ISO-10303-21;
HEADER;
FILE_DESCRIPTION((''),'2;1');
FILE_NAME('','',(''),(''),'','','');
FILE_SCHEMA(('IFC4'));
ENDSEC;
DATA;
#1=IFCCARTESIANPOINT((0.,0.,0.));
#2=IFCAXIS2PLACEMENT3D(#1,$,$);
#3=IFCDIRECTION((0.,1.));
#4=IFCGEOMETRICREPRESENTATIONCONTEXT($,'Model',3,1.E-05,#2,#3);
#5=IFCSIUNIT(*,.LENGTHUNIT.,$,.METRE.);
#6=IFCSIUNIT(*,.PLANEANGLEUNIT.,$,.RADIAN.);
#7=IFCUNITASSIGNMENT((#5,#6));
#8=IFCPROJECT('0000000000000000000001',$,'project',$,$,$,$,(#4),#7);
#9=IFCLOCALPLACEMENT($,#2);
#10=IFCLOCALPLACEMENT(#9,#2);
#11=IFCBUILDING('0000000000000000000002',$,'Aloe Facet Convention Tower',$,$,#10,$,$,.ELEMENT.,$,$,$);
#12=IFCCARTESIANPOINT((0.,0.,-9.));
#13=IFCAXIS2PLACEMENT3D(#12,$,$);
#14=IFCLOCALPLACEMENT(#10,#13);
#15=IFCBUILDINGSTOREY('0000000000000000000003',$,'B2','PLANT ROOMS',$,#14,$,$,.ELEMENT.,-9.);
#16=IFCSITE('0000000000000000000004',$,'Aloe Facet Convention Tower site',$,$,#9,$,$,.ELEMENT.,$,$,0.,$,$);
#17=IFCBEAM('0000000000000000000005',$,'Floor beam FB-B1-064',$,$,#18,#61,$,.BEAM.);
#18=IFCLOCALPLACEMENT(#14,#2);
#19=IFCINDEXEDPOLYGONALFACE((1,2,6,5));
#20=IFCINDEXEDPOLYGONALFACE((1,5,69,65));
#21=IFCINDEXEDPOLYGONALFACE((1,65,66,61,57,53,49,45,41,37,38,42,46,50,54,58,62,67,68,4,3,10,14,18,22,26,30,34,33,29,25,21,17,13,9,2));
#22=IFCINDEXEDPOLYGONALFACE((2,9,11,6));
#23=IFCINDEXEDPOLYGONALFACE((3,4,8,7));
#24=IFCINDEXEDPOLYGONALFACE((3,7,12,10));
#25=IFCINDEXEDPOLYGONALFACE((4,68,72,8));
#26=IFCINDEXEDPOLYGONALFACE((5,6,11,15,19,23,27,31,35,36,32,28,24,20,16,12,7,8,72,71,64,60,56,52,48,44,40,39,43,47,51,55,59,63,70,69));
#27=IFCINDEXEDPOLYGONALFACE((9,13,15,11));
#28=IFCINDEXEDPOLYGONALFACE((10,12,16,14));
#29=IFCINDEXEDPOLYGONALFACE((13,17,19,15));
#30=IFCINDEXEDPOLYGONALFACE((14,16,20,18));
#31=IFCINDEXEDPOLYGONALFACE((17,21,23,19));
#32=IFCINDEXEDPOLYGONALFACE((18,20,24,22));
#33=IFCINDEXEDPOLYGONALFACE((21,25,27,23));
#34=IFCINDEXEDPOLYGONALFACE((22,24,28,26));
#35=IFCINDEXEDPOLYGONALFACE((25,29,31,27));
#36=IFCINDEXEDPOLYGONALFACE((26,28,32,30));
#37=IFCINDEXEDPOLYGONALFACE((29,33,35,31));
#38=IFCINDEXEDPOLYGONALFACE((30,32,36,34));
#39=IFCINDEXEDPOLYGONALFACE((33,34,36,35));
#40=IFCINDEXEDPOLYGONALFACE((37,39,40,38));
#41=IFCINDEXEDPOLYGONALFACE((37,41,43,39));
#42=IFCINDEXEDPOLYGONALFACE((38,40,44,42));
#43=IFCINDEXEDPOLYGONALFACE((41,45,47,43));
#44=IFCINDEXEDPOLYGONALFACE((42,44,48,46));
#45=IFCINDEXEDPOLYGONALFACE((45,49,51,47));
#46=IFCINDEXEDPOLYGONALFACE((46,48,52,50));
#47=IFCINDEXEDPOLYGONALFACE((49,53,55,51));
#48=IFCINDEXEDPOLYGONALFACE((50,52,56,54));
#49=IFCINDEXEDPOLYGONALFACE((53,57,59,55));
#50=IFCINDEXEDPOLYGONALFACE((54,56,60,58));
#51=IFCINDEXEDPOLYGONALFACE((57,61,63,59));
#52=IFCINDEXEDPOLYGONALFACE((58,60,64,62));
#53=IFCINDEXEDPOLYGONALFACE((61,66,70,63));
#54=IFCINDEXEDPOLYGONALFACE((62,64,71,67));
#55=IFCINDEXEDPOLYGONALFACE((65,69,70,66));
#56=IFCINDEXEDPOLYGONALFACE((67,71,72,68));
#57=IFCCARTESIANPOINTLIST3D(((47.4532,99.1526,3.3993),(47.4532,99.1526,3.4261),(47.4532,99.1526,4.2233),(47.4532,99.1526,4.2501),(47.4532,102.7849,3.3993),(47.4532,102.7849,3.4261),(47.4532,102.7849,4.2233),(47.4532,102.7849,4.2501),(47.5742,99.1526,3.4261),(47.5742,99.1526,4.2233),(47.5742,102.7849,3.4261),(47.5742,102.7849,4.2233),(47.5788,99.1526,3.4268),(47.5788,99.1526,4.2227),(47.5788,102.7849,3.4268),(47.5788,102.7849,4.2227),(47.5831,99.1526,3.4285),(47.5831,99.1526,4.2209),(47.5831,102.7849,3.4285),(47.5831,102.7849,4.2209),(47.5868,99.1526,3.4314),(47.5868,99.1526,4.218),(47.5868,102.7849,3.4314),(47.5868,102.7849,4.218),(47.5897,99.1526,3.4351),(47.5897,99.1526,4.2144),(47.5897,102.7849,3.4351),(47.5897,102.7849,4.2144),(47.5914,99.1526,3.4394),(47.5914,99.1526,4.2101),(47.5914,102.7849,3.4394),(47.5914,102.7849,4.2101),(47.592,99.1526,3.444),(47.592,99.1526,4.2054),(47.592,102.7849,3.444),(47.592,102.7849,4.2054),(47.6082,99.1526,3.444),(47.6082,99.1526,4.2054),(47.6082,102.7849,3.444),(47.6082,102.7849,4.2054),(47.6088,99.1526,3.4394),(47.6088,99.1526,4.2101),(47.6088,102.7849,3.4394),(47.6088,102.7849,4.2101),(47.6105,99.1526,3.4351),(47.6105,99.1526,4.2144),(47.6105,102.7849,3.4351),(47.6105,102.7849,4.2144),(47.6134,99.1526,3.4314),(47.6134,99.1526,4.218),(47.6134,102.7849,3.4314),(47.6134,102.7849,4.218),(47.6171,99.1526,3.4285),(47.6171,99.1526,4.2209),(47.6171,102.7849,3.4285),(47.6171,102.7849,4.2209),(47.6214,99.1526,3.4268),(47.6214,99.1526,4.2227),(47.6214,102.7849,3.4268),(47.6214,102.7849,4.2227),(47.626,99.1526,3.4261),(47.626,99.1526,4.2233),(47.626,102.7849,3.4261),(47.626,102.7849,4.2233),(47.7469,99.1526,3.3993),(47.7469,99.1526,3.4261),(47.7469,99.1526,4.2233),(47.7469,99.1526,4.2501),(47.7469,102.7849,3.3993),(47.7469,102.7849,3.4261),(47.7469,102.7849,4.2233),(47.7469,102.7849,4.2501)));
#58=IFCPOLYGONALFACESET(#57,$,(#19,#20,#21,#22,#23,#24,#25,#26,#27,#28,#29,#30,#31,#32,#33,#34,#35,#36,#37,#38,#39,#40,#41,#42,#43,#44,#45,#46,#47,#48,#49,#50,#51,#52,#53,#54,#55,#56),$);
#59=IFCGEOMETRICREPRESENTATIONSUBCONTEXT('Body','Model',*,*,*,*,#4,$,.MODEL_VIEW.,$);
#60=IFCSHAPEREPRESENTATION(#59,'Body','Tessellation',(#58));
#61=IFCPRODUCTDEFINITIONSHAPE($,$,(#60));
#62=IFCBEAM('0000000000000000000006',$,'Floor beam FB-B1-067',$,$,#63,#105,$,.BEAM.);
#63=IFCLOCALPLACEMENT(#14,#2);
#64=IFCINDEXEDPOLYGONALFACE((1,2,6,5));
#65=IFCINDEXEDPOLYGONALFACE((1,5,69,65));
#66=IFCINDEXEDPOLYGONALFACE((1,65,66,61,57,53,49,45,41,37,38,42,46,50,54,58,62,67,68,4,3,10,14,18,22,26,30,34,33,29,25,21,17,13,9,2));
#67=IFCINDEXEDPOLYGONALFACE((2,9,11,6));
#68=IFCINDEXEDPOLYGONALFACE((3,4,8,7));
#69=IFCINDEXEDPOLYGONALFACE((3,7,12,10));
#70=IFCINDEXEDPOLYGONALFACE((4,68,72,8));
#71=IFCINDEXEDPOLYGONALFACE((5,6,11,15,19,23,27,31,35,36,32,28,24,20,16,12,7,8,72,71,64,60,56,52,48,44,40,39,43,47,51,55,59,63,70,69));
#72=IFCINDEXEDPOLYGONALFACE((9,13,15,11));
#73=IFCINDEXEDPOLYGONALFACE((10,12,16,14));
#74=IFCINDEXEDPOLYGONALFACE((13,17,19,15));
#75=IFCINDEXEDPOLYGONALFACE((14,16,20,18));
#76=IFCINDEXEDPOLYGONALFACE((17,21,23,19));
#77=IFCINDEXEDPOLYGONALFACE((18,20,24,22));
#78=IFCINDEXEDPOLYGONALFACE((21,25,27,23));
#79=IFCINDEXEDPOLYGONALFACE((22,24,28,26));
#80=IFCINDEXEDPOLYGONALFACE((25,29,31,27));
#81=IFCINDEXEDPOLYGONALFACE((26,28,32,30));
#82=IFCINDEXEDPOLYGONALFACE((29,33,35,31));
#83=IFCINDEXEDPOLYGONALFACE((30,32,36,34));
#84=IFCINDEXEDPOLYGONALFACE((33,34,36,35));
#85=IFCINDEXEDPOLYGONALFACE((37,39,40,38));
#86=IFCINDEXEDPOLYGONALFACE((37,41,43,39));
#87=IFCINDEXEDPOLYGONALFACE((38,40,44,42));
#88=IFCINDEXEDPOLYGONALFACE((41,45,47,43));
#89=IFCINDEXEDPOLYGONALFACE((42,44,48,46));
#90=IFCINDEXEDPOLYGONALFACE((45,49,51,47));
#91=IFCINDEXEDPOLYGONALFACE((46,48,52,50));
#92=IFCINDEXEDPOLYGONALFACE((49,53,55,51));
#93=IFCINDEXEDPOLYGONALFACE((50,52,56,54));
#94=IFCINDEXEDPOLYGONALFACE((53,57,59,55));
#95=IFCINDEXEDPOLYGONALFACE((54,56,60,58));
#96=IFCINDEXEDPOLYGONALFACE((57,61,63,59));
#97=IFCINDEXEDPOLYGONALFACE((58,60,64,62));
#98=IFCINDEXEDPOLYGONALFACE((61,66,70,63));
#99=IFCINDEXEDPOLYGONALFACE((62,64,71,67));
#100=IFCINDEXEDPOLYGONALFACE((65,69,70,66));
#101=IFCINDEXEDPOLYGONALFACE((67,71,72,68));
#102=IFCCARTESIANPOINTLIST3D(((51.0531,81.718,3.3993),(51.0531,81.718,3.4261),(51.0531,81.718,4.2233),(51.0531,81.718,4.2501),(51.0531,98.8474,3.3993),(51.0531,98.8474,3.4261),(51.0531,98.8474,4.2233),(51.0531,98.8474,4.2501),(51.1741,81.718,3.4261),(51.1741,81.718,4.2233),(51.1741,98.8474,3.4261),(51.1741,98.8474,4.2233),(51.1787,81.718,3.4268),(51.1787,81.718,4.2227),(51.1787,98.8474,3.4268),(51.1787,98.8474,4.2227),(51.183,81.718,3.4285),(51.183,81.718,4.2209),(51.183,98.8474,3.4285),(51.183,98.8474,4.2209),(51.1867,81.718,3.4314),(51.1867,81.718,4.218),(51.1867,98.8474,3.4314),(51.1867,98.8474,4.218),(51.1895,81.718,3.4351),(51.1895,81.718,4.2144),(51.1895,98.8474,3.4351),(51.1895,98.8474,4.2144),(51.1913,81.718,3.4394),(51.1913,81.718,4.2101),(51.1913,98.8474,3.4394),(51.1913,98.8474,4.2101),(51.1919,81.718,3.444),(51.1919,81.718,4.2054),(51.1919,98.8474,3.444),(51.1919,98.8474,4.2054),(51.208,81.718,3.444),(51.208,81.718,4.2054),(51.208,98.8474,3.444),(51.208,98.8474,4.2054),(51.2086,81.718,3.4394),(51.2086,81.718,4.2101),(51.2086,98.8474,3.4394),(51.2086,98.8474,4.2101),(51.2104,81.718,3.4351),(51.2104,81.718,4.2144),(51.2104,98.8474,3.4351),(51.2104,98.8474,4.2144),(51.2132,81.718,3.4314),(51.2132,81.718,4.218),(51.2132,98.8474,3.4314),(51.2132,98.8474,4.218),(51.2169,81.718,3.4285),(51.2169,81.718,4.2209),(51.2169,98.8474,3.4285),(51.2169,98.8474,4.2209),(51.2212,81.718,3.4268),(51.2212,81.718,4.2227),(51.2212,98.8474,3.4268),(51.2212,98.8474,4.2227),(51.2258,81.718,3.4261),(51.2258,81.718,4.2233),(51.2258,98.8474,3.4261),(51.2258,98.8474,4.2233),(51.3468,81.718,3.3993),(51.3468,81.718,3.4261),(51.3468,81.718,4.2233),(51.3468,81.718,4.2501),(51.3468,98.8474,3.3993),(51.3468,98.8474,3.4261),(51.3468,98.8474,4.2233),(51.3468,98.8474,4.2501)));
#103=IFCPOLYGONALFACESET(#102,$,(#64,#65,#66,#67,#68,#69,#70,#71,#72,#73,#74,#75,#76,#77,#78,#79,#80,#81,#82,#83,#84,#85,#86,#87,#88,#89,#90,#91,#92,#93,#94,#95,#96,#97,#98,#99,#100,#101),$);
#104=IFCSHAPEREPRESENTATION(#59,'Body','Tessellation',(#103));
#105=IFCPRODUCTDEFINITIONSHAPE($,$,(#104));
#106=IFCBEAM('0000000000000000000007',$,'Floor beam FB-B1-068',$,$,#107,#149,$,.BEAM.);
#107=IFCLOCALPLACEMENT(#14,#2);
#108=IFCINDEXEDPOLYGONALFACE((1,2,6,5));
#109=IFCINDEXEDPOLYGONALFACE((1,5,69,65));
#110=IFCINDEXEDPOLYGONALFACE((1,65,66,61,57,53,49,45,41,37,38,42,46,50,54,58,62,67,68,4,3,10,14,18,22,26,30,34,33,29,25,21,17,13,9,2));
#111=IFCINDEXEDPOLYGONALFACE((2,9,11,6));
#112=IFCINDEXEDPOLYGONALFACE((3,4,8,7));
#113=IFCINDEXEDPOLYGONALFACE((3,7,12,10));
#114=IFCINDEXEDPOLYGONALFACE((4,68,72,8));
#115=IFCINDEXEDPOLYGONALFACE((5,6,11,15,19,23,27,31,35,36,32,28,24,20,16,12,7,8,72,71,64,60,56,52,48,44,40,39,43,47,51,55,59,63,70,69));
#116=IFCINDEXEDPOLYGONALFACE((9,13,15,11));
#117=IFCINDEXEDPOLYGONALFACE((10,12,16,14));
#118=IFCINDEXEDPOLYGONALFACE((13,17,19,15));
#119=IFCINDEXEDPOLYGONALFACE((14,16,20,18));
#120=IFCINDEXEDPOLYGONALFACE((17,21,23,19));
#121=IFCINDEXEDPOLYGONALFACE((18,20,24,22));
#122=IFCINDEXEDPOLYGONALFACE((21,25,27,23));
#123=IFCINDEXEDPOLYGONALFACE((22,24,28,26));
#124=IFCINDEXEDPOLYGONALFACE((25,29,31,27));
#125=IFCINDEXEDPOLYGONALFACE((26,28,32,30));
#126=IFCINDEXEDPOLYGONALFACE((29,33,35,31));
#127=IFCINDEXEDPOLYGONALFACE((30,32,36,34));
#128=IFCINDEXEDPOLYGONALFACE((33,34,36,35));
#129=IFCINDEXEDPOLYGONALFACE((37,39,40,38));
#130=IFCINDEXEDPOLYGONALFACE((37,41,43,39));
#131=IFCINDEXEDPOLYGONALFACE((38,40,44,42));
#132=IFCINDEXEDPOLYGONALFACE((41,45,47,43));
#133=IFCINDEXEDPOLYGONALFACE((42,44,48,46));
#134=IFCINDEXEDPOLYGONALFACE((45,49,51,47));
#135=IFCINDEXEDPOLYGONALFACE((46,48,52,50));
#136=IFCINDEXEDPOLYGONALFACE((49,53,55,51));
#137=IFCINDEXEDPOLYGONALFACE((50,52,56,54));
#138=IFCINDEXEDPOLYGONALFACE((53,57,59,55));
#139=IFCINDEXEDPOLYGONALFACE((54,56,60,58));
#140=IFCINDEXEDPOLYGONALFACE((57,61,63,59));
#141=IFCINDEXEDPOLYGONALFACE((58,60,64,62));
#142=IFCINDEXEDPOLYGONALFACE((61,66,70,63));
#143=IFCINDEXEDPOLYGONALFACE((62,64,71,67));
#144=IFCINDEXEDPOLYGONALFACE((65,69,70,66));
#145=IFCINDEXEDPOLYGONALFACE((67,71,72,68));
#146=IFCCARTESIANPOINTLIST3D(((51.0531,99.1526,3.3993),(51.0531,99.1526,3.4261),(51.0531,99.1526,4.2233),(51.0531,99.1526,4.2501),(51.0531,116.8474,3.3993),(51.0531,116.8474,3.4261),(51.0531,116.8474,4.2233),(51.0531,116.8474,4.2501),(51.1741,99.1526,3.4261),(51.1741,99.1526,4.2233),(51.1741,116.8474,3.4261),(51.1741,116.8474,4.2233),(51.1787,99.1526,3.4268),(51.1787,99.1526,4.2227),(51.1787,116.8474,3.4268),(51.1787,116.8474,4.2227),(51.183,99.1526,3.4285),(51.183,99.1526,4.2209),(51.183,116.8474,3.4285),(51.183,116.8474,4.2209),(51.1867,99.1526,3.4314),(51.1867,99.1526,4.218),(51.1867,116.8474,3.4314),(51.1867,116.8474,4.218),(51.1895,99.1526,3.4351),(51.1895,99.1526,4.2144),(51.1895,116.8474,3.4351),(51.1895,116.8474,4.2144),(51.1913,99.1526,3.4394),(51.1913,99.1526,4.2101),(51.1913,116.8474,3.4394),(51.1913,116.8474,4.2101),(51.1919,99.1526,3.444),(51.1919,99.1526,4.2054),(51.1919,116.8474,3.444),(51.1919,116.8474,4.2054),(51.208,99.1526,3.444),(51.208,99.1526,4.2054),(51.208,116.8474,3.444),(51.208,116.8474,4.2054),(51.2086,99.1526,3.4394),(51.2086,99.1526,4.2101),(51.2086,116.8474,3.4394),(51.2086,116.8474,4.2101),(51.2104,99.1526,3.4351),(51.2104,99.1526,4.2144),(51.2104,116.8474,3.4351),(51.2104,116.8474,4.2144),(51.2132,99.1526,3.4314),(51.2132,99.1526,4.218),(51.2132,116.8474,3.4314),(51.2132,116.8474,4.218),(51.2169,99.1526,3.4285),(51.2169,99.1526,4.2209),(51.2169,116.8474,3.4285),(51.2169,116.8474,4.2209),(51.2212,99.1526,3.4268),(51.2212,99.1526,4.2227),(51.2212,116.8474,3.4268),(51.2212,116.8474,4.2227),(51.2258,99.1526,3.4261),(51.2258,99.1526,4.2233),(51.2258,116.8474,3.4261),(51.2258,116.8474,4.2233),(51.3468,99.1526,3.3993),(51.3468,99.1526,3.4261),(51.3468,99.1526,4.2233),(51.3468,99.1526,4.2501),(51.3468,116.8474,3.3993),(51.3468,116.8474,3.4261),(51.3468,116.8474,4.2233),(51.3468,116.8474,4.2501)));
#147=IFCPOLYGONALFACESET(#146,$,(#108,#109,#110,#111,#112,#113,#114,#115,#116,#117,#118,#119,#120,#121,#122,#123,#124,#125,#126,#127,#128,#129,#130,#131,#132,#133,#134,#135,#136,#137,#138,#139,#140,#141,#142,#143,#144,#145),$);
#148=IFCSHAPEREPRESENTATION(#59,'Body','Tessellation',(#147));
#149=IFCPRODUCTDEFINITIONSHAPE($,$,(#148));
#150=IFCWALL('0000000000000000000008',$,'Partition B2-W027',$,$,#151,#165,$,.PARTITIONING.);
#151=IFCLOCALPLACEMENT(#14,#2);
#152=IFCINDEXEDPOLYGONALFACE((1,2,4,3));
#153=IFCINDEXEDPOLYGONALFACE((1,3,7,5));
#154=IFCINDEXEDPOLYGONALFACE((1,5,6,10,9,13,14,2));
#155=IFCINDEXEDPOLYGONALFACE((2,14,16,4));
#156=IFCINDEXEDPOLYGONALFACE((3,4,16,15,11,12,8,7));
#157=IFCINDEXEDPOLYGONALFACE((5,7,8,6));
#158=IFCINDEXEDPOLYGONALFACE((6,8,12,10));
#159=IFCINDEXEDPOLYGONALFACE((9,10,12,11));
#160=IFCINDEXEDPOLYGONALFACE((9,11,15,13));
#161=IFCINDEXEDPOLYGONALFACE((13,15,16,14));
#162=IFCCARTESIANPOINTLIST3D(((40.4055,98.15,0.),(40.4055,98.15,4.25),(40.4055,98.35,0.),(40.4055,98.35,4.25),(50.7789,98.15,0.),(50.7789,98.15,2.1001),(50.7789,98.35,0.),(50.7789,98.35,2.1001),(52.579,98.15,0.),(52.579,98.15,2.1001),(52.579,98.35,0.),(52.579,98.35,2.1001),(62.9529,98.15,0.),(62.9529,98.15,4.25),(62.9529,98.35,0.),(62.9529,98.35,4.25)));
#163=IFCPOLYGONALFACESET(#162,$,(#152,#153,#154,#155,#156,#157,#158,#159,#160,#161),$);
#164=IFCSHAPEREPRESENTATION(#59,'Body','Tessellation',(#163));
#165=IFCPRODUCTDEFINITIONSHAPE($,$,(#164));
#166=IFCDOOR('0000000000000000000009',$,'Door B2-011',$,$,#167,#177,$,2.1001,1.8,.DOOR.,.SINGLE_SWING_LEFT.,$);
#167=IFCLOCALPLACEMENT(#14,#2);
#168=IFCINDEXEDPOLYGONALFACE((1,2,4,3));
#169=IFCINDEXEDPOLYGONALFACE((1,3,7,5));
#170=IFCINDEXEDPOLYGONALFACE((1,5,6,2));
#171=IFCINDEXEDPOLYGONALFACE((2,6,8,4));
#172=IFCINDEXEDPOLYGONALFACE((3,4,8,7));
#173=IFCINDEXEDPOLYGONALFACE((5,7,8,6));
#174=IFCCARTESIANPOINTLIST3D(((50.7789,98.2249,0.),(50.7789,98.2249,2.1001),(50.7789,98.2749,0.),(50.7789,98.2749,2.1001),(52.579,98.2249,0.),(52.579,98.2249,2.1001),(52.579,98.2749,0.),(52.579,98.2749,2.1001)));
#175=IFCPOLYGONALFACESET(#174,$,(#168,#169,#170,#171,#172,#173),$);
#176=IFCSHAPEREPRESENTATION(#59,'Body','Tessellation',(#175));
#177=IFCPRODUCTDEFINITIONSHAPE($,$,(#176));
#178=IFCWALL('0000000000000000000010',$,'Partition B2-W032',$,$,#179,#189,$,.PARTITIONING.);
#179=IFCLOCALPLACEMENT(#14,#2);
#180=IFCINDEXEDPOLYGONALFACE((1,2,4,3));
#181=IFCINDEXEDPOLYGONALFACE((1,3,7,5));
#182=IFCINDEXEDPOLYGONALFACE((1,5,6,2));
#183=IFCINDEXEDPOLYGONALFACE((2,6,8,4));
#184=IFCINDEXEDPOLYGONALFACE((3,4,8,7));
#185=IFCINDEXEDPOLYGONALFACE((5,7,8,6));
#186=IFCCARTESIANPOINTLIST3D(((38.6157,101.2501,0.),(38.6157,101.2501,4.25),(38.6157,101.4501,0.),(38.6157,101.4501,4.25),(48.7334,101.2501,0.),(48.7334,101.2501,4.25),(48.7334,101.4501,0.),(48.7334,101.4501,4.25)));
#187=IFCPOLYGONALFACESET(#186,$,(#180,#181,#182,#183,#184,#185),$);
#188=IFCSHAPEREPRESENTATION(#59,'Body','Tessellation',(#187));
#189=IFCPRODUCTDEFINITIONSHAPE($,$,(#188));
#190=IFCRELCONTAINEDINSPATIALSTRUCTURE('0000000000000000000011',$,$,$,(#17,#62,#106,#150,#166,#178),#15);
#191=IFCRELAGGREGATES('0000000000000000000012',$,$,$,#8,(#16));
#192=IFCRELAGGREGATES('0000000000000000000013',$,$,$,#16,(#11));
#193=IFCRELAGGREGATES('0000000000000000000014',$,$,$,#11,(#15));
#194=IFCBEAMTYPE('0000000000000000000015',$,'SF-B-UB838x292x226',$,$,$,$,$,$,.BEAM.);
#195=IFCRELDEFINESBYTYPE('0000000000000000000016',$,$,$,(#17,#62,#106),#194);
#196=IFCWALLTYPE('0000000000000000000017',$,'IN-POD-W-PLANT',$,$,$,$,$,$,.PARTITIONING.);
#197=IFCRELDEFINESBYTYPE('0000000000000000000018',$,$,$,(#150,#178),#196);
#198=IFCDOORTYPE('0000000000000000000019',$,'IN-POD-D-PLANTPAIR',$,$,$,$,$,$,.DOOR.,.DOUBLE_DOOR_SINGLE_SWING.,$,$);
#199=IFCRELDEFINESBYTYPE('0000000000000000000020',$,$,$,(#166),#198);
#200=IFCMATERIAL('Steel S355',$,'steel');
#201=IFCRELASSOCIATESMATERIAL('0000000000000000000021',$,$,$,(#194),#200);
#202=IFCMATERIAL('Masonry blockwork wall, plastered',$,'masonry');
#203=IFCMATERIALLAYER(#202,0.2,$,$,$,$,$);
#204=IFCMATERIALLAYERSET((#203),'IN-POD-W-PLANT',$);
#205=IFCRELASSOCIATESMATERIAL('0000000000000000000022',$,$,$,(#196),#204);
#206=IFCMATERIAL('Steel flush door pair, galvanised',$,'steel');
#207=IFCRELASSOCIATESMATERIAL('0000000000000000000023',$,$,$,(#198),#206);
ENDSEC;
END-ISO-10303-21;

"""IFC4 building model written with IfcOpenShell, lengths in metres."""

from ifc_helpers import new_model, si_unit, direction, frame, frame_2d, origin, origin_2d, place, context, subcontext, project, spatial, rectangle, i_section, extrude, material, layer, layer_set, material_profile, profile_set, type_object, element, fill, save


model = new_model("IFC4")

# Units and contexts
model_context = context("Model", 3, precision=1e-05, world=origin(), true_north=direction((0.0, 1.0)))
body_context = subcontext(model_context, "Body", "Model", "MODEL_VIEW")
ifc_project = project(units=[si_unit("LENGTHUNIT", "METRE"), si_unit("PLANEANGLEUNIT", "RADIAN")], contexts=[model_context])

# Site, building, storey
site_placement = place(None, origin())
site = spatial("IfcSite", under=ifc_project, at=site_placement, Name="Aloe Facet Convention Tower site", CompositionType="ELEMENT", RefElevation=0.0)
building_placement = place(site_placement, origin())
building = spatial("IfcBuilding", under=site, at=building_placement, Name="Aloe Facet Convention Tower", CompositionType="ELEMENT")
storey_placement = place(building_placement, frame((0.0, 0.0, -9.0)))
storey = spatial("IfcBuildingStorey", under=building, at=storey_placement, Name="B2", Description="PLANT ROOMS", CompositionType="ELEMENT", Elevation=-9.0)

# Beams
ifc_material_1 = material(Name="Steel S355", Category="steel")
ifc_material_profile_1 = material_profile(ifc_material_1, i_section(OverallWidth=0.2937, OverallDepth=0.8508, WebThickness=0.0161, FlangeThickness=0.0269, FilletRadius=0.0178, at=origin_2d()), Name="UB 838x292x226")
ifc_profile_set_1 = profile_set([ifc_material_profile_1], Name="Steel S355")
beam_type_1 = type_object("IfcBeamType", Name="SF-B-UB838x292x226", PredefinedType="BEAM", material=ifc_profile_set_1)
beam_1_placement = place(storey_placement, frame((47.6001, 99.1526, 3.8247), z_axis=(0.0, 1.0, 0.0), x_axis=(-1.0, 0.0, 0.0)))
element("IfcBeam", 1, at=beam_1_placement, inside=storey, type_object=beam_type_1, Name="Floor beam FB-B1-064", PredefinedType="BEAM", context=body_context, shape_type="SweptSolid", body=[
    extrude(i_section(OverallWidth=0.2937, OverallDepth=0.8508, WebThickness=0.0161, FlangeThickness=0.0269, FilletRadius=0.0178, at=origin_2d()), origin(), (0.0, 0.0, 1.0), 3.6323),
])
beam_2_placement = place(storey_placement, frame((51.2, 81.718, 3.8247), z_axis=(0.0, 1.0, 0.0), x_axis=(-1.0, 0.0, 0.0)))
element("IfcBeam", 2, at=beam_2_placement, inside=storey, type_object=beam_type_1, Name="Floor beam FB-B1-067", PredefinedType="BEAM", context=body_context, shape_type="SweptSolid", body=[
    extrude(i_section(OverallWidth=0.2937, OverallDepth=0.8508, WebThickness=0.0161, FlangeThickness=0.0269, FilletRadius=0.0178, at=origin_2d()), origin(), (0.0, 0.0, 1.0), 17.1294),
])
beam_3_placement = place(storey_placement, frame((51.2, 99.1526, 3.8247), z_axis=(0.0, 1.0, 0.0), x_axis=(-1.0, 0.0, 0.0)))
element("IfcBeam", 3, at=beam_3_placement, inside=storey, type_object=beam_type_1, Name="Floor beam FB-B1-068", PredefinedType="BEAM", context=body_context, shape_type="SweptSolid", body=[
    extrude(i_section(OverallWidth=0.2937, OverallDepth=0.8508, WebThickness=0.0161, FlangeThickness=0.0269, FilletRadius=0.0178, at=origin_2d()), origin(), (0.0, 0.0, 1.0), 17.6948),
])

# Wall, opening, door
ifc_material_2 = material(Name="Masonry blockwork wall, plastered", Category="masonry")
ifc_layer = layer(ifc_material_2, 0.2)
ifc_layer_set = layer_set([ifc_layer], Name="IN-POD-W-PLANT")
wall_type = type_object("IfcWallType", Name="IN-POD-W-PLANT", PredefinedType="PARTITIONING", material=ifc_layer_set)
wall_1_placement = place(storey_placement, frame((40.4055, 98.25, 0.0), z_axis=(0.0, 0.0, 1.0), x_axis=(1.0, 0.0, 0.0)))
wall_1 = element("IfcWall", 4, at=wall_1_placement, inside=storey, type_object=wall_type, Name="Partition B2-W027", PredefinedType="PARTITIONING", context=body_context, shape_type="SweptSolid", body=[
    extrude(rectangle(XDim=22.5474, YDim=0.2, at=frame_2d((11.2737, 0.0))), origin(), (0.0, 0.0, 1.0), 4.25),
])
opening_1_placement = place(wall_1_placement, frame((10.3735, 0.0, 0.0)))
opening_1 = element("IfcOpeningElement", 5, at=opening_1_placement, cuts=wall_1, PredefinedType="OPENING", context=body_context, shape_type="SweptSolid", body=[
    extrude(rectangle(XDim=1.8, YDim=2.1001, at=frame_2d((0.8999, 1.05))), frame((0.0, 0.1099, 0.0), z_axis=(0.0, -1.0, 0.0), x_axis=(1.0, 0.0, 0.0)), (0.0, 0.0, 1.0), 0.22),
])
ifc_material_3 = material(Name="Steel flush door pair, galvanised", Category="steel")
door_type_1 = type_object("IfcDoorType", Name="IN-POD-D-PLANTPAIR", OperationType="DOUBLE_DOOR_SINGLE_SWING", PredefinedType="DOOR", material=ifc_material_3)
door_1_placement = place(opening_1_placement, origin())
door_1 = element("IfcDoor", 6, at=door_1_placement, inside=storey, type_object=door_type_1, Name="Door B2-011", OperationType="SINGLE_SWING_LEFT", OverallHeight=2.1001, OverallWidth=1.8, PredefinedType="DOOR", context=body_context, shape_type="SweptSolid", body=[
    extrude(rectangle(XDim=1.8, YDim=2.1001, at=frame_2d((0.8999, 1.05))), frame((0.0, 0.0249, 0.0), z_axis=(0.0, -1.0, 0.0), x_axis=(1.0, 0.0, 0.0)), (0.0, 0.0, 1.0), 0.05),
])
fill(opening_1, door_1)

# Wall
wall_2_placement = place(storey_placement, frame((38.6157, 101.3501, 0.0), z_axis=(0.0, 0.0, 1.0), x_axis=(1.0, 0.0, 0.0)))
element("IfcWall", 7, at=wall_2_placement, inside=storey, type_object=wall_type, Name="Partition B2-W032", PredefinedType="PARTITIONING", context=body_context, shape_type="SweptSolid", body=[
    extrude(rectangle(XDim=10.1177, YDim=0.2, at=frame_2d((5.0588, 0.0))), origin(), (0.0, 0.0, 1.0), 4.25),
])

save(model, "model.ifc")
